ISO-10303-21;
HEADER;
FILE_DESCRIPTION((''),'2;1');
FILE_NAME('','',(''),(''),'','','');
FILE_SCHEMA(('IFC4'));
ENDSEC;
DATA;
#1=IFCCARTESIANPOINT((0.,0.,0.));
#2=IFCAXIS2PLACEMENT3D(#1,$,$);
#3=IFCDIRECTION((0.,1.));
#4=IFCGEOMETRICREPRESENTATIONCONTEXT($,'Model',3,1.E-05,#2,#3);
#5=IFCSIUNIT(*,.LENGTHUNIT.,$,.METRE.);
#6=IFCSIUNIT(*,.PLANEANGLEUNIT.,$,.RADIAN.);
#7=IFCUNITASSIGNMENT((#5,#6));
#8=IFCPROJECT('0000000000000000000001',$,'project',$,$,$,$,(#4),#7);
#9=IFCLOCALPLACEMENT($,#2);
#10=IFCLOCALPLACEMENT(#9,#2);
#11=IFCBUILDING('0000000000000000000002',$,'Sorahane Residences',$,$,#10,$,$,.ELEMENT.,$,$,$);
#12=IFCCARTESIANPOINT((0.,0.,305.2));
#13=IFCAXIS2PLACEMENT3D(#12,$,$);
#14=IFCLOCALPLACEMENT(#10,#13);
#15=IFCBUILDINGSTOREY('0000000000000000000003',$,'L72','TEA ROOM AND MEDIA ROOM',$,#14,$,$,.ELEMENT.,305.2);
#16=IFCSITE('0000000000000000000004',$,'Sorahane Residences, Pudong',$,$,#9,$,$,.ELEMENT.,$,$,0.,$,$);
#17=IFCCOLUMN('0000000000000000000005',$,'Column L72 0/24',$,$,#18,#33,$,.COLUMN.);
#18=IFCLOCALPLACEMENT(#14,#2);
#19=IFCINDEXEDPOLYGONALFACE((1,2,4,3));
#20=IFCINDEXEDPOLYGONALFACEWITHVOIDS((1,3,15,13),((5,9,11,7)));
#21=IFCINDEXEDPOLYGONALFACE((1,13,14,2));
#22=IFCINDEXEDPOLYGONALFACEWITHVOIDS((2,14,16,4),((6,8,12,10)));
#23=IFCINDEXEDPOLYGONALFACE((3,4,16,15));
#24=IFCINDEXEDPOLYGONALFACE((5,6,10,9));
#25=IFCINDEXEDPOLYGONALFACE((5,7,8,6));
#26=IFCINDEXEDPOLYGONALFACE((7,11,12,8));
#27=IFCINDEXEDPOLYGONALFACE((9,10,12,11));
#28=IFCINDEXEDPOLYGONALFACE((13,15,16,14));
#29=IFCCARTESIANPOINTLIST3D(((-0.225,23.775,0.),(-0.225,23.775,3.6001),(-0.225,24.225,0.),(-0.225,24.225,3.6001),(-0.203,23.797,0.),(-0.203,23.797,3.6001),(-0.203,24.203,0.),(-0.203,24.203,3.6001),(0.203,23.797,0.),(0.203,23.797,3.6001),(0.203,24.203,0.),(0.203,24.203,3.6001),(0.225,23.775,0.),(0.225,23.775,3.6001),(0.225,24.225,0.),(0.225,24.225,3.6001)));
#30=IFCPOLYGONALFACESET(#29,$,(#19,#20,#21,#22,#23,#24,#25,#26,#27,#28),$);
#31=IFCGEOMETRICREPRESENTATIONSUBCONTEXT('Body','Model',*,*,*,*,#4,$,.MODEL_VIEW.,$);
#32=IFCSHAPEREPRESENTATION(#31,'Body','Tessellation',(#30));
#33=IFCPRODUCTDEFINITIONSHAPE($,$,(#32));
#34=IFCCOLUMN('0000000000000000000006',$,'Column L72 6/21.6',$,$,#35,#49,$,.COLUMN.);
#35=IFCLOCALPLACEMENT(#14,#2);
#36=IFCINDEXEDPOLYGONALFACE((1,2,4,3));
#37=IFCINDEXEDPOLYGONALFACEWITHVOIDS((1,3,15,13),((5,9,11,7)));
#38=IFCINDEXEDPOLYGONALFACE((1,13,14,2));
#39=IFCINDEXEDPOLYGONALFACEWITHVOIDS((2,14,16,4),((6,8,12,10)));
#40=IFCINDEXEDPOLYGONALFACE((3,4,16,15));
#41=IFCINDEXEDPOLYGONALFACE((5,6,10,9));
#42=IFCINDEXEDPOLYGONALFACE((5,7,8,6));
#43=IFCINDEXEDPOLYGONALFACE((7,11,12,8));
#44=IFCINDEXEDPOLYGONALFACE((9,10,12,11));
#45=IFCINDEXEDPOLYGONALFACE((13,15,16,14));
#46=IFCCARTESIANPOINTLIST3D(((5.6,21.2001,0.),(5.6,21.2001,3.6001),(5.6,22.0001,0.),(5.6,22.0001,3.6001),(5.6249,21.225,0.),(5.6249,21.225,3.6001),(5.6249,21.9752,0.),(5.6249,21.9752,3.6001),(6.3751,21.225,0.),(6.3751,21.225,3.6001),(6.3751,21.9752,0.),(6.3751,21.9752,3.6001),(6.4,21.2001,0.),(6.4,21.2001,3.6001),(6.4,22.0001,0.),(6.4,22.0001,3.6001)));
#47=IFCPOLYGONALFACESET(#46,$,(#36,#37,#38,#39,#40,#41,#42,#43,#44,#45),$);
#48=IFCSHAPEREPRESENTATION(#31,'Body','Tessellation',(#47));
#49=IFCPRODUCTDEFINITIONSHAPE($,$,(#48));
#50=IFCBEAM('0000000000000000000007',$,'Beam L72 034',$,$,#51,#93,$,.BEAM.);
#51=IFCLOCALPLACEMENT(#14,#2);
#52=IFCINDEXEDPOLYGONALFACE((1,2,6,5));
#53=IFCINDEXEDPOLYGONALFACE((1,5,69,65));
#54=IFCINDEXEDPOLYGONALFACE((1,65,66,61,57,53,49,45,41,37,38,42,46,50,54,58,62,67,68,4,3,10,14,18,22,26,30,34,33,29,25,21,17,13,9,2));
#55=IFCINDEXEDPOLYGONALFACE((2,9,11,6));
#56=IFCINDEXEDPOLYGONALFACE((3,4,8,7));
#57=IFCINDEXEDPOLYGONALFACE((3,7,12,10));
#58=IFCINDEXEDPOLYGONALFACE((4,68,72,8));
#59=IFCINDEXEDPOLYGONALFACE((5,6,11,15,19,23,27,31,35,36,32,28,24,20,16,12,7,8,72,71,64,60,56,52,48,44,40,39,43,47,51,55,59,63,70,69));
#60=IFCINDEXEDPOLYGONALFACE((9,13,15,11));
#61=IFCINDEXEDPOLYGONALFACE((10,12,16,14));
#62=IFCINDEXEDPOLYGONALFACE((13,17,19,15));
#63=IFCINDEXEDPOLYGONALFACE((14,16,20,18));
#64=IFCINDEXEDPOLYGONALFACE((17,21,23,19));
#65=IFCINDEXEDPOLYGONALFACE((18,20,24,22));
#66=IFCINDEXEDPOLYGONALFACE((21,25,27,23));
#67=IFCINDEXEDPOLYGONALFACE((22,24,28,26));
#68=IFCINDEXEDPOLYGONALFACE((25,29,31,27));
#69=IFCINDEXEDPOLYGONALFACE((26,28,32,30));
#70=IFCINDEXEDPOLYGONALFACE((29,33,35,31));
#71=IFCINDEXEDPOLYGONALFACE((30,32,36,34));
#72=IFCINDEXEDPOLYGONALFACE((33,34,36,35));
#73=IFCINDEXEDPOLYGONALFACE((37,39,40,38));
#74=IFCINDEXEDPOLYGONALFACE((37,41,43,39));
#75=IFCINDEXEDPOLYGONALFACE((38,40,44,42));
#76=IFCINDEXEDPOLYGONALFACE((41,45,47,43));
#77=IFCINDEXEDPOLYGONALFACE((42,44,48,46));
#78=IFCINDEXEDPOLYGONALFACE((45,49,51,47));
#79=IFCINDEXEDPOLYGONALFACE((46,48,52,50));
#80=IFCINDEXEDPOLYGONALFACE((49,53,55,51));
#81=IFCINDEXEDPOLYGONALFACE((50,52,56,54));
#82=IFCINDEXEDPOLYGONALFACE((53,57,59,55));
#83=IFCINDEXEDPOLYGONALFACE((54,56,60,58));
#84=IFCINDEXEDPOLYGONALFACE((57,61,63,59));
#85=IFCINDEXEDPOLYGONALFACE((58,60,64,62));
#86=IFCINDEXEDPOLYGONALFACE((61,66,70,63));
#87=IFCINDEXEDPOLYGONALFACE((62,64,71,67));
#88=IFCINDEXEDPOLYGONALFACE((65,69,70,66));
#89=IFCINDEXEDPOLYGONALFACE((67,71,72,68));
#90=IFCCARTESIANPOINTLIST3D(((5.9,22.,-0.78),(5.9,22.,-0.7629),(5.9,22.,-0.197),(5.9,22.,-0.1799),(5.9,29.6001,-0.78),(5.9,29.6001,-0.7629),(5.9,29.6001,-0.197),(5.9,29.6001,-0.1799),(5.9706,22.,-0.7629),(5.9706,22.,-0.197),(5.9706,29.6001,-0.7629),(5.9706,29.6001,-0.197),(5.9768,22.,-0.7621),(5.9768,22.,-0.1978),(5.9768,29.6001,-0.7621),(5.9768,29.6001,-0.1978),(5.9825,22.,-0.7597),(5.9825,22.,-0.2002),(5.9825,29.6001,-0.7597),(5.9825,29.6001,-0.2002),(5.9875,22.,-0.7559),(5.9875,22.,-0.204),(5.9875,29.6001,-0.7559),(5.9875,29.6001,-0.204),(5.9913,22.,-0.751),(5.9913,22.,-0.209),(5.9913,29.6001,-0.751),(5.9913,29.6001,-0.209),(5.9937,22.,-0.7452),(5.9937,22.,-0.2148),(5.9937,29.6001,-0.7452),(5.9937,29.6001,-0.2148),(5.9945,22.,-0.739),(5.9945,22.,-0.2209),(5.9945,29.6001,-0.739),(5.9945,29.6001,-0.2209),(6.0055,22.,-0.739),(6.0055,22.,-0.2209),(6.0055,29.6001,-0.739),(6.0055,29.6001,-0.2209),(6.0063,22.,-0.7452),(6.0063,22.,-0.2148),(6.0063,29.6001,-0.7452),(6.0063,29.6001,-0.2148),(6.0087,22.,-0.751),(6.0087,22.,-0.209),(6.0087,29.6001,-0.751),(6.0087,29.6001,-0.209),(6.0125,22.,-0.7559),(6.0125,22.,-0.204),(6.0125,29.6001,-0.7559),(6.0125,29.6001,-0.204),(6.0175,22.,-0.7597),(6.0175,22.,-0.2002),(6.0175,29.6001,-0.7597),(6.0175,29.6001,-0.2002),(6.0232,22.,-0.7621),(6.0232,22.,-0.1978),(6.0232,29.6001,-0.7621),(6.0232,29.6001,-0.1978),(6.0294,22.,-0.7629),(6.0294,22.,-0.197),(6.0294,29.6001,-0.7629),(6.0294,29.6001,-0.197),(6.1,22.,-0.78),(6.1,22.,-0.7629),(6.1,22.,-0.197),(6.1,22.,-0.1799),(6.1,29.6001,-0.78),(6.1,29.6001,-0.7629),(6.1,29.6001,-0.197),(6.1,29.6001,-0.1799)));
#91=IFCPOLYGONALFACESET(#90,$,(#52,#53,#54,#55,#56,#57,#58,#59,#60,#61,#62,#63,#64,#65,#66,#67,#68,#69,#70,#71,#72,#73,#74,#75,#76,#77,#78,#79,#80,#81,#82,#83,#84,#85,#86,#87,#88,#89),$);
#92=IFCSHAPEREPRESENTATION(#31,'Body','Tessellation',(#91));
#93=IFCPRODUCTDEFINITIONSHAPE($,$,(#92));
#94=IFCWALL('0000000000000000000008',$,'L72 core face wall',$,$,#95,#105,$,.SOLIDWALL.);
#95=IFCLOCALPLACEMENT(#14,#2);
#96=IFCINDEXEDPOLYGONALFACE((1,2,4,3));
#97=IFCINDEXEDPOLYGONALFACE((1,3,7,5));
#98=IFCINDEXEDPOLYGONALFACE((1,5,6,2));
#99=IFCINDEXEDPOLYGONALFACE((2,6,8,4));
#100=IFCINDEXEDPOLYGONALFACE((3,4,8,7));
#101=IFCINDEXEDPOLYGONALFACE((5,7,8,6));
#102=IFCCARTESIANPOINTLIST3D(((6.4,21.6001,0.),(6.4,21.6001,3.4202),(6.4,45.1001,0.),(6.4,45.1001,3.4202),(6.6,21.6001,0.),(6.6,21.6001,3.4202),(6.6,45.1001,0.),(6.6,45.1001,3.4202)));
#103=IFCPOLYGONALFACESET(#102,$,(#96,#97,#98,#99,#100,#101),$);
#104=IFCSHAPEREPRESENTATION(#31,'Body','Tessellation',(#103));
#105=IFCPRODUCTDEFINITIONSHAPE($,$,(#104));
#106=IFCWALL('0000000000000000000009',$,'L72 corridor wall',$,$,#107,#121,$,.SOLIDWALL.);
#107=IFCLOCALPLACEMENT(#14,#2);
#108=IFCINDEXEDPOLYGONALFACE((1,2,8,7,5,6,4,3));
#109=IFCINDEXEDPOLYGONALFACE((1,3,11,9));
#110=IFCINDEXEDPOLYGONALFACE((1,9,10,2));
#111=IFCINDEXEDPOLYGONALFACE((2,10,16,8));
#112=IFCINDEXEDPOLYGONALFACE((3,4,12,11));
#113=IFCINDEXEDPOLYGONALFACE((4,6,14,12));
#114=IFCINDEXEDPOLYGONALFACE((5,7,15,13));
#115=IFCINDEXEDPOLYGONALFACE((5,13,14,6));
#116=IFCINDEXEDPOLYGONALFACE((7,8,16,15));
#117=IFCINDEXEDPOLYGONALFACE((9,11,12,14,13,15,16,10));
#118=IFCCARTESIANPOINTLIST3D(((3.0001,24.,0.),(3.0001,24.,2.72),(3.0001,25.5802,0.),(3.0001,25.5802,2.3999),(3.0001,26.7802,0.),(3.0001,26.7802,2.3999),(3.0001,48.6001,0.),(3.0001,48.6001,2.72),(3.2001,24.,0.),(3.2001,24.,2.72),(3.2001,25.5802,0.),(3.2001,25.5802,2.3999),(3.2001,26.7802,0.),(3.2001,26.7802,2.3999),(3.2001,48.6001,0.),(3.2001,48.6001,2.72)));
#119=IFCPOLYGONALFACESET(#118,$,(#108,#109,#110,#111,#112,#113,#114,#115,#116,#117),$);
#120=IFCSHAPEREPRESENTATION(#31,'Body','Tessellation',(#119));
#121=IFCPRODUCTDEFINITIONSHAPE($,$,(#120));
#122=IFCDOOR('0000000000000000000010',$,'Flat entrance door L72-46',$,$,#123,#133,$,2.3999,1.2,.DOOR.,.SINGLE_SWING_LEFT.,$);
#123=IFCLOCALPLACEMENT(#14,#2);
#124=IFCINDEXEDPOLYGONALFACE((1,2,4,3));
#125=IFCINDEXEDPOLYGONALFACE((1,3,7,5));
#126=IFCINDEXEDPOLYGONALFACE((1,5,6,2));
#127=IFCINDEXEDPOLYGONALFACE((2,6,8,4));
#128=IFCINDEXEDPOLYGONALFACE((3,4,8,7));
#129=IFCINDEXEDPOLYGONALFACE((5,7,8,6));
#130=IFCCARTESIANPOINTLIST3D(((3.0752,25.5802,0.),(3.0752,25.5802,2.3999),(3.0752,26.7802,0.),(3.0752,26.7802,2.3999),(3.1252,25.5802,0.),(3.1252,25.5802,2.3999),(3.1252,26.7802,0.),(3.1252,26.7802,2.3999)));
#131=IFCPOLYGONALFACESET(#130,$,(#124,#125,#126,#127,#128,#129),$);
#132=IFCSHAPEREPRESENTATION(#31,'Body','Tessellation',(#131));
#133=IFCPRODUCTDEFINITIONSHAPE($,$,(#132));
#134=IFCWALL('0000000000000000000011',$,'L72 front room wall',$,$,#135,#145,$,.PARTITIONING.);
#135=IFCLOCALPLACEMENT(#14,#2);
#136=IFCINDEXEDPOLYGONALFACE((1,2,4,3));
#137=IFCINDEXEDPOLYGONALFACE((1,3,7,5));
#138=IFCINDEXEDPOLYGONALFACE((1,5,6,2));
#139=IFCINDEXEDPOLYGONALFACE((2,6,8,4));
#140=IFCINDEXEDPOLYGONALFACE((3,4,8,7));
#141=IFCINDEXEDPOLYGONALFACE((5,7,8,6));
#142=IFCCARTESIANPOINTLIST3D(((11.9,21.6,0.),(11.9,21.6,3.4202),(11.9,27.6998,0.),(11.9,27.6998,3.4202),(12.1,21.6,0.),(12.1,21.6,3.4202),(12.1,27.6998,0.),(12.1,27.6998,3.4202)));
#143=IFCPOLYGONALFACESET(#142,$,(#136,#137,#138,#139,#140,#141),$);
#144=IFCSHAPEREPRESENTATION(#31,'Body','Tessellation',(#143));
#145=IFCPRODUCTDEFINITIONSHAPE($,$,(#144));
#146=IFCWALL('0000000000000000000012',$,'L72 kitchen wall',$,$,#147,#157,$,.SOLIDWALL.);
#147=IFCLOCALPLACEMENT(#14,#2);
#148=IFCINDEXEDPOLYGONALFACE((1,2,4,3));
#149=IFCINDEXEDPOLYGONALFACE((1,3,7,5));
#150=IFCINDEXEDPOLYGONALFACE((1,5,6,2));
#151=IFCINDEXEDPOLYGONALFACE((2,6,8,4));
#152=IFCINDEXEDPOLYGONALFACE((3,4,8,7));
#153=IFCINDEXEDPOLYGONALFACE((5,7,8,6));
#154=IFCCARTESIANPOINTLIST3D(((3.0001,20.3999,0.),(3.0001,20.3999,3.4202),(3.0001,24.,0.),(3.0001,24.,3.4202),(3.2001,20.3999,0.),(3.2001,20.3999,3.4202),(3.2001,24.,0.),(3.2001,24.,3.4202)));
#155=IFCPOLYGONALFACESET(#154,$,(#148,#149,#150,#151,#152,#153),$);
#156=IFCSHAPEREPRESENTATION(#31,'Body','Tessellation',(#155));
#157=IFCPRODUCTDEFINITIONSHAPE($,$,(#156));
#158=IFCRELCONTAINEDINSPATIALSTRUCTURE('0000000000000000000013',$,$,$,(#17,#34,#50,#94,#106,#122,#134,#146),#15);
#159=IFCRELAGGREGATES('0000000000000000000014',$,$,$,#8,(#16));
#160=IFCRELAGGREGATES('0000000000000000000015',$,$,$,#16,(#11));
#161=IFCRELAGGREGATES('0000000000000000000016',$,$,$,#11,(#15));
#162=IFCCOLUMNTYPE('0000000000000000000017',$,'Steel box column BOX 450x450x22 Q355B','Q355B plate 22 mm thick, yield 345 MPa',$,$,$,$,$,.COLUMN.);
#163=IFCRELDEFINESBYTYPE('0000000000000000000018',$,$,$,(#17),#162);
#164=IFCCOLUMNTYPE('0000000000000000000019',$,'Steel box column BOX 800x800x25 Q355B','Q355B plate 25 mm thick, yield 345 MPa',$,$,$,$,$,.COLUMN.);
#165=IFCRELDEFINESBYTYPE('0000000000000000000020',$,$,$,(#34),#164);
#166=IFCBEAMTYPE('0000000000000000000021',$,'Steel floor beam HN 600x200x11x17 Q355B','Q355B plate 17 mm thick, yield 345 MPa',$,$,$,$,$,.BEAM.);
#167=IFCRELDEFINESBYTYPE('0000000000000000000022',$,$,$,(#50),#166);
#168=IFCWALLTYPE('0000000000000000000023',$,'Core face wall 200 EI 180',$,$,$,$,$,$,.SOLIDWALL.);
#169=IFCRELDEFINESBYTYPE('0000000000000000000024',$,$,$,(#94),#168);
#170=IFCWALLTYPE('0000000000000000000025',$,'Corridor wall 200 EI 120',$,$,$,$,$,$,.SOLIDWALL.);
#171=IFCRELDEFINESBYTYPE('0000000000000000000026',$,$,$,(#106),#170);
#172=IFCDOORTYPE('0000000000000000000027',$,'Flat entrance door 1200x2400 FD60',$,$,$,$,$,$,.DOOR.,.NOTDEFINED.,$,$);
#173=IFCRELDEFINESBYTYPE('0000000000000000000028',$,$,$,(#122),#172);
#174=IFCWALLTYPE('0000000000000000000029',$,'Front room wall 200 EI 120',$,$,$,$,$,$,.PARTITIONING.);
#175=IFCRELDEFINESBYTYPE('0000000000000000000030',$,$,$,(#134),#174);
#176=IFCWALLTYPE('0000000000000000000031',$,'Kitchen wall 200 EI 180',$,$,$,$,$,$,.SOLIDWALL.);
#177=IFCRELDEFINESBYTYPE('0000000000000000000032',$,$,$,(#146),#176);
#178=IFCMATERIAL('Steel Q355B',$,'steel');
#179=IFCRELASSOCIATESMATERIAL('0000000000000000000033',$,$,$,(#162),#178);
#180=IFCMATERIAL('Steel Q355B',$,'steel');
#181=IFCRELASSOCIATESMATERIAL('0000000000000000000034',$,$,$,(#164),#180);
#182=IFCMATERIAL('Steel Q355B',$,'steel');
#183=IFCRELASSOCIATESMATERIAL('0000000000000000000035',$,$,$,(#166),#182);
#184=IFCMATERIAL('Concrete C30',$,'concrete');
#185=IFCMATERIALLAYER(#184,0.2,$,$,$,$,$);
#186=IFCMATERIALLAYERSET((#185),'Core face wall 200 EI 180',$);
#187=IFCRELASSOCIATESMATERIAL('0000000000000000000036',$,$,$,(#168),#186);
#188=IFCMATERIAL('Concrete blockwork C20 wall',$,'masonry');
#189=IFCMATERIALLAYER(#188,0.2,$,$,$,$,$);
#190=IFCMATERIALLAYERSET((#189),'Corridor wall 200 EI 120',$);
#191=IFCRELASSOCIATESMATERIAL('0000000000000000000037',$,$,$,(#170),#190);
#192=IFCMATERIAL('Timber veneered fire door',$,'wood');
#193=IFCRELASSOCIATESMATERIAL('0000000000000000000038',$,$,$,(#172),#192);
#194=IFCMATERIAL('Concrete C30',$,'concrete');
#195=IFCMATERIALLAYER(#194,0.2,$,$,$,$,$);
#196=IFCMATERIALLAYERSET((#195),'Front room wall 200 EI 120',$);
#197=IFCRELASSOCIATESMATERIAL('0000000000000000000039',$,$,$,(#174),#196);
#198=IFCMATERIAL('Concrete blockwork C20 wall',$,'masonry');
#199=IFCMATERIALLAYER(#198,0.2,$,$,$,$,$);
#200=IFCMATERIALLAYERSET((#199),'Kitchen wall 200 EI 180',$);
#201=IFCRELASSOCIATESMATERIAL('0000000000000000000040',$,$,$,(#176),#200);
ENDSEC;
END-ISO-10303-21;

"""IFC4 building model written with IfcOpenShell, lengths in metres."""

from ifc_helpers import new_model, si_unit, direction, frame, frame_2d, origin, origin_2d, place, context, subcontext, project, spatial, rectangle, hollow_rectangle, i_section, extrude, material, layer, layer_set, material_profile, profile_set, type_object, element, fill, save


model = new_model("IFC4")

# Units and contexts
model_context = context("Model", 3, precision=1e-05, world=origin(), true_north=direction((0.0, 1.0)))
body_context = subcontext(model_context, "Body", "Model", "MODEL_VIEW")
ifc_project = project(units=[si_unit("LENGTHUNIT", "METRE"), si_unit("PLANEANGLEUNIT", "RADIAN")], contexts=[model_context])

# Site, building, storey
site_placement = place(None, origin())
site = spatial("IfcSite", under=ifc_project, at=site_placement, Name="Sorahane Residences, Pudong", CompositionType="ELEMENT", RefElevation=0.0)
building_placement = place(site_placement, origin())
building = spatial("IfcBuilding", under=site, at=building_placement, Name="Sorahane Residences", CompositionType="ELEMENT")
storey_placement = place(building_placement, frame((0.0, 0.0, 305.2)))
storey = spatial("IfcBuildingStorey", under=building, at=storey_placement, Name="L72", Description="TEA ROOM AND MEDIA ROOM", CompositionType="ELEMENT", Elevation=305.2)

# Columns
ifc_material_1 = material(Name="Steel Q355B", Category="steel")
ifc_material_profile_1 = material_profile(ifc_material_1, hollow_rectangle(XDim=0.45, YDim=0.45, WallThickness=0.022, at=origin_2d()), Name="BOX 450x450x22")
ifc_profile_set_1 = profile_set([ifc_material_profile_1], Name="Steel Q355B")
column_type_1 = type_object("IfcColumnType", Name="Steel box column BOX 450x450x22 Q355B", Description="Q355B plate 22 mm thick, yield 345 MPa", PredefinedType="COLUMN", material=ifc_profile_set_1)
column_1_placement = place(storey_placement, frame((0.0, 24.0, 0.0), z_axis=(0.0, 0.0, 1.0), x_axis=(1.0, 0.0, 0.0)))
element("IfcColumn", 1, at=column_1_placement, inside=storey, type_object=column_type_1, Name="Column L72 0/24", PredefinedType="COLUMN", context=body_context, shape_type="SweptSolid", body=[
    extrude(hollow_rectangle(XDim=0.45, YDim=0.45, WallThickness=0.022, at=origin_2d()), origin(), (0.0, 0.0, 1.0), 3.6001),
])
ifc_material_2 = material(Name="Steel Q355B", Category="steel")
ifc_material_profile_2 = material_profile(ifc_material_2, hollow_rectangle(XDim=0.8, YDim=0.8, WallThickness=0.0249, at=origin_2d()), Name="BOX 800x800x25")
ifc_profile_set_2 = profile_set([ifc_material_profile_2], Name="Steel Q355B")
column_type_2 = type_object("IfcColumnType", Name="Steel box column BOX 800x800x25 Q355B", Description="Q355B plate 25 mm thick, yield 345 MPa", PredefinedType="COLUMN", material=ifc_profile_set_2)
column_2_placement = place(storey_placement, frame((6.0, 21.6001, 0.0), z_axis=(0.0, 0.0, 1.0), x_axis=(1.0, 0.0, 0.0)))
element("IfcColumn", 2, at=column_2_placement, inside=storey, type_object=column_type_2, Name="Column L72 6/21.6", PredefinedType="COLUMN", context=body_context, shape_type="SweptSolid", body=[
    extrude(hollow_rectangle(XDim=0.8, YDim=0.8, WallThickness=0.0249, at=origin_2d()), origin(), (0.0, 0.0, 1.0), 3.6001),
])

# Beam
ifc_material_3 = material(Name="Steel Q355B", Category="steel")
ifc_material_profile_3 = material_profile(ifc_material_3, i_section(OverallWidth=0.2, OverallDepth=0.6001, WebThickness=0.011, FlangeThickness=0.0171, FilletRadius=0.0239, at=origin_2d()), Name="HN 600x200x11x17")
ifc_profile_set_3 = profile_set([ifc_material_profile_3], Name="Steel Q355B")
beam_type = type_object("IfcBeamType", Name="Steel floor beam HN 600x200x11x17 Q355B", Description="Q355B plate 17 mm thick, yield 345 MPa", PredefinedType="BEAM", material=ifc_profile_set_3)
beam_placement = place(storey_placement, frame((6.0, 22.0, -0.48), z_axis=(0.0, 1.0, 0.0), x_axis=(-1.0, 0.0, 0.0)))
element("IfcBeam", 3, at=beam_placement, inside=storey, type_object=beam_type, Name="Beam L72 034", PredefinedType="BEAM", context=body_context, shape_type="SweptSolid", body=[
    extrude(i_section(OverallWidth=0.2, OverallDepth=0.6001, WebThickness=0.011, FlangeThickness=0.0171, FilletRadius=0.0239, at=origin_2d()), origin(), (0.0, 0.0, 1.0), 7.6001),
])

# Wall
ifc_material_4 = material(Name="Concrete C30", Category="concrete")
ifc_layer_1 = layer(ifc_material_4, 0.2)
ifc_layer_set_1 = layer_set([ifc_layer_1], Name="Core face wall 200 EI 180")
wall_type_1 = type_object("IfcWallType", Name="Core face wall 200 EI 180", PredefinedType="SOLIDWALL", material=ifc_layer_set_1)
wall_1_placement = place(storey_placement, frame((6.5, 21.6001, 0.0), z_axis=(0.0, 0.0, 1.0), x_axis=(0.0, 1.0, 0.0)))
element("IfcWall", 4, at=wall_1_placement, inside=storey, type_object=wall_type_1, Name="L72 core face wall", PredefinedType="SOLIDWALL", context=body_context, shape_type="SweptSolid", body=[
    extrude(rectangle(XDim=23.5, YDim=0.2, at=frame_2d((11.75, 0.0))), origin(), (0.0, 0.0, 1.0), 3.4202),
])

# Wall, opening, door
ifc_material_5 = material(Name="Concrete blockwork C20 wall", Category="masonry")
ifc_layer_2 = layer(ifc_material_5, 0.2)
ifc_layer_set_2 = layer_set([ifc_layer_2], Name="Corridor wall 200 EI 120")
wall_type_2 = type_object("IfcWallType", Name="Corridor wall 200 EI 120", PredefinedType="SOLIDWALL", material=ifc_layer_set_2)
wall_2_placement = place(storey_placement, frame((3.1001, 24.0, 0.0), z_axis=(0.0, 0.0, 1.0), x_axis=(0.0, 1.0, 0.0)))
wall_2 = element("IfcWall", 5, at=wall_2_placement, inside=storey, type_object=wall_type_2, Name="L72 corridor wall", PredefinedType="SOLIDWALL", context=body_context, shape_type="SweptSolid", body=[
    extrude(rectangle(XDim=24.6001, YDim=0.2, at=frame_2d((12.3, 0.0))), origin(), (0.0, 0.0, 1.0), 2.72),
])
opening_1_placement = place(wall_2_placement, frame((1.5801, 0.0, 0.0)))
opening_1 = element("IfcOpeningElement", 6, at=opening_1_placement, cuts=wall_2, PredefinedType="OPENING", context=body_context, shape_type="SweptSolid", body=[
    extrude(rectangle(XDim=1.2, YDim=2.3999, at=frame_2d((0.6001, 1.2))), frame((0.0, 0.1099, 0.0), z_axis=(0.0, -1.0, 0.0), x_axis=(1.0, 0.0, 0.0)), (0.0, 0.0, 1.0), 0.22),
])
ifc_material_6 = material(Name="Timber veneered fire door", Category="wood")
door_type_1 = type_object("IfcDoorType", Name="Flat entrance door 1200x2400 FD60", OperationType="NOTDEFINED", PredefinedType="DOOR", material=ifc_material_6)
door_1_placement = place(opening_1_placement, origin())
door_1 = element("IfcDoor", 7, at=door_1_placement, inside=storey, type_object=door_type_1, Name="Flat entrance door L72-46", OperationType="SINGLE_SWING_LEFT", OverallHeight=2.3999, OverallWidth=1.2, PredefinedType="DOOR", context=body_context, shape_type="SweptSolid", body=[
    extrude(rectangle(XDim=1.2, YDim=2.3999, at=frame_2d((0.6001, 1.2))), frame((0.0, 0.0249, 0.0), z_axis=(0.0, -1.0, 0.0), x_axis=(1.0, 0.0, 0.0)), (0.0, 0.0, 1.0), 0.05),
])
fill(opening_1, door_1)

# Walls
ifc_material_7 = material(Name="Concrete C30", Category="concrete")
ifc_layer_3 = layer(ifc_material_7, 0.2)
ifc_layer_set_3 = layer_set([ifc_layer_3], Name="Front room wall 200 EI 120")
wall_type_3 = type_object("IfcWallType", Name="Front room wall 200 EI 120", PredefinedType="PARTITIONING", material=ifc_layer_set_3)
wall_3_placement = place(storey_placement, frame((12.0, 21.6001, 0.0), z_axis=(0.0, 0.0, 1.0), x_axis=(0.0, 1.0, 0.0)))
element("IfcWall", 8, at=wall_3_placement, inside=storey, type_object=wall_type_3, Name="L72 front room wall", PredefinedType="PARTITIONING", context=body_context, shape_type="SweptSolid", body=[
    extrude(rectangle(XDim=6.0999, YDim=0.2, at=frame_2d((3.0498, 0.0))), origin(), (0.0, 0.0, 1.0), 3.4202),
])
ifc_material_8 = material(Name="Concrete blockwork C20 wall", Category="masonry")
ifc_layer_4 = layer(ifc_material_8, 0.2)
ifc_layer_set_4 = layer_set([ifc_layer_4], Name="Kitchen wall 200 EI 180")
wall_type_4 = type_object("IfcWallType", Name="Kitchen wall 200 EI 180", PredefinedType="SOLIDWALL", material=ifc_layer_set_4)
wall_4_placement = place(storey_placement, frame((3.1001, 20.3999, 0.0), z_axis=(0.0, 0.0, 1.0), x_axis=(0.0, 1.0, 0.0)))
element("IfcWall", 9, at=wall_4_placement, inside=storey, type_object=wall_type_4, Name="L72 kitchen wall", PredefinedType="SOLIDWALL", context=body_context, shape_type="SweptSolid", body=[
    extrude(rectangle(XDim=3.6001, YDim=0.2, at=frame_2d((1.8, 0.0))), origin(), (0.0, 0.0, 1.0), 3.4202),
])

save(model, "model.ifc")
